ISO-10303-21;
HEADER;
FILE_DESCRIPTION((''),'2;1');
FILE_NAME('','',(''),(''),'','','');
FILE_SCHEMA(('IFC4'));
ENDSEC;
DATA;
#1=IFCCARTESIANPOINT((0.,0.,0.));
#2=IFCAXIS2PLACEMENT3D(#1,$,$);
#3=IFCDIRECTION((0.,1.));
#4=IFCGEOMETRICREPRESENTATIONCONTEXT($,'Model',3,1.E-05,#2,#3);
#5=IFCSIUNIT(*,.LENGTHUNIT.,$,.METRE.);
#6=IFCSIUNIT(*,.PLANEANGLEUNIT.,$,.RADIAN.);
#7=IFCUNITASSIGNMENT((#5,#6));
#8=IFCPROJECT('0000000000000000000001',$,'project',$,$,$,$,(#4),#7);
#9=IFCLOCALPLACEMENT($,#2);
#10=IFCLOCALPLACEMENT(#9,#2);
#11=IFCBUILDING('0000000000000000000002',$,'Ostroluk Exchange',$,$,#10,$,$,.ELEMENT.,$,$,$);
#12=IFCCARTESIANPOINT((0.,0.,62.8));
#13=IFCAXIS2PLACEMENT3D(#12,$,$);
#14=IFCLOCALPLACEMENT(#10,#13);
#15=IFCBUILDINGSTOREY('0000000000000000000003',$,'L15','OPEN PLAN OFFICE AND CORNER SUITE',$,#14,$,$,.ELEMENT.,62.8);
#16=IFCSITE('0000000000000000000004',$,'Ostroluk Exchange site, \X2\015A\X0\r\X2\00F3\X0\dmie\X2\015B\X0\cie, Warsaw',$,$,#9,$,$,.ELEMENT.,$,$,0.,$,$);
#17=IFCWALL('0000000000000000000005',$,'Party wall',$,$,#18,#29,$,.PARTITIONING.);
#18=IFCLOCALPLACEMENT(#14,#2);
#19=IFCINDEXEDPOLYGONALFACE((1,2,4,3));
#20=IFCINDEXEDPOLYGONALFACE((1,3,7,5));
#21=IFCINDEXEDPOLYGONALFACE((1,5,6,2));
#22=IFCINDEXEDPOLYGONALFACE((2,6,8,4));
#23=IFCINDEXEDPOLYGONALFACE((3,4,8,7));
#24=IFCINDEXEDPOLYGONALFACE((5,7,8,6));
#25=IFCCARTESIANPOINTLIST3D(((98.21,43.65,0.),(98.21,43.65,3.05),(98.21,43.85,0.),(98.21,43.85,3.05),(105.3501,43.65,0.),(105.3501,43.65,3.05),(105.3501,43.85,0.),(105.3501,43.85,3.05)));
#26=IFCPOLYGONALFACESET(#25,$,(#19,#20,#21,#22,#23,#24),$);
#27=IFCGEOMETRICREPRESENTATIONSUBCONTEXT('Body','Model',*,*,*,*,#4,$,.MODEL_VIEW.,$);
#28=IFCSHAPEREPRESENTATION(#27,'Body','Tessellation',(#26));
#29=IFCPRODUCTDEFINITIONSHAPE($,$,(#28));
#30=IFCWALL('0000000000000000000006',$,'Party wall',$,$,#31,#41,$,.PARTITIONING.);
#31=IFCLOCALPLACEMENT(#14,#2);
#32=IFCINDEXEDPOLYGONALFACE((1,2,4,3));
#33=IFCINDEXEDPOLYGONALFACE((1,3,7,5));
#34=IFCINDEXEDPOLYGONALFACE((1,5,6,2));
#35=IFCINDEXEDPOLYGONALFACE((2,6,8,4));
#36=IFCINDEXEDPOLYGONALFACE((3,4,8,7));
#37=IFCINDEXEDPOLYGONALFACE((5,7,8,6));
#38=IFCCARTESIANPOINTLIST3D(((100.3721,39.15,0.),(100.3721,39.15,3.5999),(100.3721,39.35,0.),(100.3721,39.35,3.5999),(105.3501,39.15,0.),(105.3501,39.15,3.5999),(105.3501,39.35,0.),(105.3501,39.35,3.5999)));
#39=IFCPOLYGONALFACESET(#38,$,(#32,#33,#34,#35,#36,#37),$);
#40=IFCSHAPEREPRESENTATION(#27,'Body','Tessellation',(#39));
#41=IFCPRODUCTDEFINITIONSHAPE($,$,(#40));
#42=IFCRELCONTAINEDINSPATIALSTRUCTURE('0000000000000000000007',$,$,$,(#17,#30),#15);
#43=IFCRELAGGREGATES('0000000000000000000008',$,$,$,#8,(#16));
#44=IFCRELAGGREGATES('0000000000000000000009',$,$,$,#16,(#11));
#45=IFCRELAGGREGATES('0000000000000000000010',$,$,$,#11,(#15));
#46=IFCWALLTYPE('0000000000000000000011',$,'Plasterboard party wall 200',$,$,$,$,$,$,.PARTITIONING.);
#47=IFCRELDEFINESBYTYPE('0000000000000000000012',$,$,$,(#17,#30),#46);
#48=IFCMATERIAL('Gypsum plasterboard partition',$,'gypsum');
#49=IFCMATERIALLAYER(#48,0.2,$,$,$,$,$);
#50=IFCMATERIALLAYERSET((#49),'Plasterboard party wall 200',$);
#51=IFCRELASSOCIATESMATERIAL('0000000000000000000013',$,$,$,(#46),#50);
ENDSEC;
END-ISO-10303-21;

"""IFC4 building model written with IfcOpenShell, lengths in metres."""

from ifc_helpers import new_model, si_unit, direction, frame, frame_2d, origin, place, context, subcontext, project, spatial, rectangle, extrude, material, layer, layer_set, type_object, element, save


model = new_model("IFC4")

# Units and contexts
model_context = context("Model", 3, precision=1e-05, world=origin(), true_north=direction((0.0, 1.0)))
body_context = subcontext(model_context, "Body", "Model", "MODEL_VIEW")
ifc_project = project(units=[si_unit("LENGTHUNIT", "METRE"), si_unit("PLANEANGLEUNIT", "RADIAN")], contexts=[model_context])

# Site, building, storey
site_placement = place(None, origin())
site = spatial("IfcSite", under=ifc_project, at=site_placement, Name="Ostroluk Exchange site, Śródmieście, Warsaw", CompositionType="ELEMENT", RefElevation=0.0)
building_placement = place(site_placement, origin())
building = spatial("IfcBuilding", under=site, at=building_placement, Name="Ostroluk Exchange", CompositionType="ELEMENT")
storey_placement = place(building_placement, frame((0.0, 0.0, 62.8)))
storey = spatial("IfcBuildingStorey", under=building, at=storey_placement, Name="L15", Description="OPEN PLAN OFFICE AND CORNER SUITE", CompositionType="ELEMENT", Elevation=62.8)

# Walls
ifc_material_1 = material(Name="Gypsum plasterboard partition", Category="gypsum")
ifc_layer_1 = layer(ifc_material_1, 0.2)
ifc_layer_set_1 = layer_set([ifc_layer_1], Name="Plasterboard party wall 200")
wall_type_1 = type_object("IfcWallType", Name="Plasterboard party wall 200", PredefinedType="PARTITIONING", material=ifc_layer_set_1)
wall_1_placement = place(storey_placement, frame((105.3501, 43.75, 0.0), z_axis=(0.0, 0.0, 1.0), x_axis=(-1.0, 0.0, 0.0)))
element("IfcWall", 1, at=wall_1_placement, inside=storey, type_object=wall_type_1, Name="Party wall", PredefinedType="PARTITIONING", context=body_context, shape_type="SweptSolid", body=[
    extrude(rectangle(XDim=7.1401, YDim=0.2, at=frame_2d((3.5701, 0.0))), origin(), (0.0, 0.0, 1.0), 3.05),
])
wall_2_placement = place(storey_placement, frame((105.3501, 39.25, 0.0), z_axis=(0.0, 0.0, 1.0), x_axis=(-1.0, 0.0, 0.0)))
element("IfcWall", 2, at=wall_2_placement, inside=storey, type_object=wall_type_1, Name="Party wall", PredefinedType="PARTITIONING", context=body_context, shape_type="SweptSolid", body=[
    extrude(rectangle(XDim=4.978, YDim=0.2, at=frame_2d((2.489, 0.0))), origin(), (0.0, 0.0, 1.0), 3.5999),
])

save(model, "model.ifc")
